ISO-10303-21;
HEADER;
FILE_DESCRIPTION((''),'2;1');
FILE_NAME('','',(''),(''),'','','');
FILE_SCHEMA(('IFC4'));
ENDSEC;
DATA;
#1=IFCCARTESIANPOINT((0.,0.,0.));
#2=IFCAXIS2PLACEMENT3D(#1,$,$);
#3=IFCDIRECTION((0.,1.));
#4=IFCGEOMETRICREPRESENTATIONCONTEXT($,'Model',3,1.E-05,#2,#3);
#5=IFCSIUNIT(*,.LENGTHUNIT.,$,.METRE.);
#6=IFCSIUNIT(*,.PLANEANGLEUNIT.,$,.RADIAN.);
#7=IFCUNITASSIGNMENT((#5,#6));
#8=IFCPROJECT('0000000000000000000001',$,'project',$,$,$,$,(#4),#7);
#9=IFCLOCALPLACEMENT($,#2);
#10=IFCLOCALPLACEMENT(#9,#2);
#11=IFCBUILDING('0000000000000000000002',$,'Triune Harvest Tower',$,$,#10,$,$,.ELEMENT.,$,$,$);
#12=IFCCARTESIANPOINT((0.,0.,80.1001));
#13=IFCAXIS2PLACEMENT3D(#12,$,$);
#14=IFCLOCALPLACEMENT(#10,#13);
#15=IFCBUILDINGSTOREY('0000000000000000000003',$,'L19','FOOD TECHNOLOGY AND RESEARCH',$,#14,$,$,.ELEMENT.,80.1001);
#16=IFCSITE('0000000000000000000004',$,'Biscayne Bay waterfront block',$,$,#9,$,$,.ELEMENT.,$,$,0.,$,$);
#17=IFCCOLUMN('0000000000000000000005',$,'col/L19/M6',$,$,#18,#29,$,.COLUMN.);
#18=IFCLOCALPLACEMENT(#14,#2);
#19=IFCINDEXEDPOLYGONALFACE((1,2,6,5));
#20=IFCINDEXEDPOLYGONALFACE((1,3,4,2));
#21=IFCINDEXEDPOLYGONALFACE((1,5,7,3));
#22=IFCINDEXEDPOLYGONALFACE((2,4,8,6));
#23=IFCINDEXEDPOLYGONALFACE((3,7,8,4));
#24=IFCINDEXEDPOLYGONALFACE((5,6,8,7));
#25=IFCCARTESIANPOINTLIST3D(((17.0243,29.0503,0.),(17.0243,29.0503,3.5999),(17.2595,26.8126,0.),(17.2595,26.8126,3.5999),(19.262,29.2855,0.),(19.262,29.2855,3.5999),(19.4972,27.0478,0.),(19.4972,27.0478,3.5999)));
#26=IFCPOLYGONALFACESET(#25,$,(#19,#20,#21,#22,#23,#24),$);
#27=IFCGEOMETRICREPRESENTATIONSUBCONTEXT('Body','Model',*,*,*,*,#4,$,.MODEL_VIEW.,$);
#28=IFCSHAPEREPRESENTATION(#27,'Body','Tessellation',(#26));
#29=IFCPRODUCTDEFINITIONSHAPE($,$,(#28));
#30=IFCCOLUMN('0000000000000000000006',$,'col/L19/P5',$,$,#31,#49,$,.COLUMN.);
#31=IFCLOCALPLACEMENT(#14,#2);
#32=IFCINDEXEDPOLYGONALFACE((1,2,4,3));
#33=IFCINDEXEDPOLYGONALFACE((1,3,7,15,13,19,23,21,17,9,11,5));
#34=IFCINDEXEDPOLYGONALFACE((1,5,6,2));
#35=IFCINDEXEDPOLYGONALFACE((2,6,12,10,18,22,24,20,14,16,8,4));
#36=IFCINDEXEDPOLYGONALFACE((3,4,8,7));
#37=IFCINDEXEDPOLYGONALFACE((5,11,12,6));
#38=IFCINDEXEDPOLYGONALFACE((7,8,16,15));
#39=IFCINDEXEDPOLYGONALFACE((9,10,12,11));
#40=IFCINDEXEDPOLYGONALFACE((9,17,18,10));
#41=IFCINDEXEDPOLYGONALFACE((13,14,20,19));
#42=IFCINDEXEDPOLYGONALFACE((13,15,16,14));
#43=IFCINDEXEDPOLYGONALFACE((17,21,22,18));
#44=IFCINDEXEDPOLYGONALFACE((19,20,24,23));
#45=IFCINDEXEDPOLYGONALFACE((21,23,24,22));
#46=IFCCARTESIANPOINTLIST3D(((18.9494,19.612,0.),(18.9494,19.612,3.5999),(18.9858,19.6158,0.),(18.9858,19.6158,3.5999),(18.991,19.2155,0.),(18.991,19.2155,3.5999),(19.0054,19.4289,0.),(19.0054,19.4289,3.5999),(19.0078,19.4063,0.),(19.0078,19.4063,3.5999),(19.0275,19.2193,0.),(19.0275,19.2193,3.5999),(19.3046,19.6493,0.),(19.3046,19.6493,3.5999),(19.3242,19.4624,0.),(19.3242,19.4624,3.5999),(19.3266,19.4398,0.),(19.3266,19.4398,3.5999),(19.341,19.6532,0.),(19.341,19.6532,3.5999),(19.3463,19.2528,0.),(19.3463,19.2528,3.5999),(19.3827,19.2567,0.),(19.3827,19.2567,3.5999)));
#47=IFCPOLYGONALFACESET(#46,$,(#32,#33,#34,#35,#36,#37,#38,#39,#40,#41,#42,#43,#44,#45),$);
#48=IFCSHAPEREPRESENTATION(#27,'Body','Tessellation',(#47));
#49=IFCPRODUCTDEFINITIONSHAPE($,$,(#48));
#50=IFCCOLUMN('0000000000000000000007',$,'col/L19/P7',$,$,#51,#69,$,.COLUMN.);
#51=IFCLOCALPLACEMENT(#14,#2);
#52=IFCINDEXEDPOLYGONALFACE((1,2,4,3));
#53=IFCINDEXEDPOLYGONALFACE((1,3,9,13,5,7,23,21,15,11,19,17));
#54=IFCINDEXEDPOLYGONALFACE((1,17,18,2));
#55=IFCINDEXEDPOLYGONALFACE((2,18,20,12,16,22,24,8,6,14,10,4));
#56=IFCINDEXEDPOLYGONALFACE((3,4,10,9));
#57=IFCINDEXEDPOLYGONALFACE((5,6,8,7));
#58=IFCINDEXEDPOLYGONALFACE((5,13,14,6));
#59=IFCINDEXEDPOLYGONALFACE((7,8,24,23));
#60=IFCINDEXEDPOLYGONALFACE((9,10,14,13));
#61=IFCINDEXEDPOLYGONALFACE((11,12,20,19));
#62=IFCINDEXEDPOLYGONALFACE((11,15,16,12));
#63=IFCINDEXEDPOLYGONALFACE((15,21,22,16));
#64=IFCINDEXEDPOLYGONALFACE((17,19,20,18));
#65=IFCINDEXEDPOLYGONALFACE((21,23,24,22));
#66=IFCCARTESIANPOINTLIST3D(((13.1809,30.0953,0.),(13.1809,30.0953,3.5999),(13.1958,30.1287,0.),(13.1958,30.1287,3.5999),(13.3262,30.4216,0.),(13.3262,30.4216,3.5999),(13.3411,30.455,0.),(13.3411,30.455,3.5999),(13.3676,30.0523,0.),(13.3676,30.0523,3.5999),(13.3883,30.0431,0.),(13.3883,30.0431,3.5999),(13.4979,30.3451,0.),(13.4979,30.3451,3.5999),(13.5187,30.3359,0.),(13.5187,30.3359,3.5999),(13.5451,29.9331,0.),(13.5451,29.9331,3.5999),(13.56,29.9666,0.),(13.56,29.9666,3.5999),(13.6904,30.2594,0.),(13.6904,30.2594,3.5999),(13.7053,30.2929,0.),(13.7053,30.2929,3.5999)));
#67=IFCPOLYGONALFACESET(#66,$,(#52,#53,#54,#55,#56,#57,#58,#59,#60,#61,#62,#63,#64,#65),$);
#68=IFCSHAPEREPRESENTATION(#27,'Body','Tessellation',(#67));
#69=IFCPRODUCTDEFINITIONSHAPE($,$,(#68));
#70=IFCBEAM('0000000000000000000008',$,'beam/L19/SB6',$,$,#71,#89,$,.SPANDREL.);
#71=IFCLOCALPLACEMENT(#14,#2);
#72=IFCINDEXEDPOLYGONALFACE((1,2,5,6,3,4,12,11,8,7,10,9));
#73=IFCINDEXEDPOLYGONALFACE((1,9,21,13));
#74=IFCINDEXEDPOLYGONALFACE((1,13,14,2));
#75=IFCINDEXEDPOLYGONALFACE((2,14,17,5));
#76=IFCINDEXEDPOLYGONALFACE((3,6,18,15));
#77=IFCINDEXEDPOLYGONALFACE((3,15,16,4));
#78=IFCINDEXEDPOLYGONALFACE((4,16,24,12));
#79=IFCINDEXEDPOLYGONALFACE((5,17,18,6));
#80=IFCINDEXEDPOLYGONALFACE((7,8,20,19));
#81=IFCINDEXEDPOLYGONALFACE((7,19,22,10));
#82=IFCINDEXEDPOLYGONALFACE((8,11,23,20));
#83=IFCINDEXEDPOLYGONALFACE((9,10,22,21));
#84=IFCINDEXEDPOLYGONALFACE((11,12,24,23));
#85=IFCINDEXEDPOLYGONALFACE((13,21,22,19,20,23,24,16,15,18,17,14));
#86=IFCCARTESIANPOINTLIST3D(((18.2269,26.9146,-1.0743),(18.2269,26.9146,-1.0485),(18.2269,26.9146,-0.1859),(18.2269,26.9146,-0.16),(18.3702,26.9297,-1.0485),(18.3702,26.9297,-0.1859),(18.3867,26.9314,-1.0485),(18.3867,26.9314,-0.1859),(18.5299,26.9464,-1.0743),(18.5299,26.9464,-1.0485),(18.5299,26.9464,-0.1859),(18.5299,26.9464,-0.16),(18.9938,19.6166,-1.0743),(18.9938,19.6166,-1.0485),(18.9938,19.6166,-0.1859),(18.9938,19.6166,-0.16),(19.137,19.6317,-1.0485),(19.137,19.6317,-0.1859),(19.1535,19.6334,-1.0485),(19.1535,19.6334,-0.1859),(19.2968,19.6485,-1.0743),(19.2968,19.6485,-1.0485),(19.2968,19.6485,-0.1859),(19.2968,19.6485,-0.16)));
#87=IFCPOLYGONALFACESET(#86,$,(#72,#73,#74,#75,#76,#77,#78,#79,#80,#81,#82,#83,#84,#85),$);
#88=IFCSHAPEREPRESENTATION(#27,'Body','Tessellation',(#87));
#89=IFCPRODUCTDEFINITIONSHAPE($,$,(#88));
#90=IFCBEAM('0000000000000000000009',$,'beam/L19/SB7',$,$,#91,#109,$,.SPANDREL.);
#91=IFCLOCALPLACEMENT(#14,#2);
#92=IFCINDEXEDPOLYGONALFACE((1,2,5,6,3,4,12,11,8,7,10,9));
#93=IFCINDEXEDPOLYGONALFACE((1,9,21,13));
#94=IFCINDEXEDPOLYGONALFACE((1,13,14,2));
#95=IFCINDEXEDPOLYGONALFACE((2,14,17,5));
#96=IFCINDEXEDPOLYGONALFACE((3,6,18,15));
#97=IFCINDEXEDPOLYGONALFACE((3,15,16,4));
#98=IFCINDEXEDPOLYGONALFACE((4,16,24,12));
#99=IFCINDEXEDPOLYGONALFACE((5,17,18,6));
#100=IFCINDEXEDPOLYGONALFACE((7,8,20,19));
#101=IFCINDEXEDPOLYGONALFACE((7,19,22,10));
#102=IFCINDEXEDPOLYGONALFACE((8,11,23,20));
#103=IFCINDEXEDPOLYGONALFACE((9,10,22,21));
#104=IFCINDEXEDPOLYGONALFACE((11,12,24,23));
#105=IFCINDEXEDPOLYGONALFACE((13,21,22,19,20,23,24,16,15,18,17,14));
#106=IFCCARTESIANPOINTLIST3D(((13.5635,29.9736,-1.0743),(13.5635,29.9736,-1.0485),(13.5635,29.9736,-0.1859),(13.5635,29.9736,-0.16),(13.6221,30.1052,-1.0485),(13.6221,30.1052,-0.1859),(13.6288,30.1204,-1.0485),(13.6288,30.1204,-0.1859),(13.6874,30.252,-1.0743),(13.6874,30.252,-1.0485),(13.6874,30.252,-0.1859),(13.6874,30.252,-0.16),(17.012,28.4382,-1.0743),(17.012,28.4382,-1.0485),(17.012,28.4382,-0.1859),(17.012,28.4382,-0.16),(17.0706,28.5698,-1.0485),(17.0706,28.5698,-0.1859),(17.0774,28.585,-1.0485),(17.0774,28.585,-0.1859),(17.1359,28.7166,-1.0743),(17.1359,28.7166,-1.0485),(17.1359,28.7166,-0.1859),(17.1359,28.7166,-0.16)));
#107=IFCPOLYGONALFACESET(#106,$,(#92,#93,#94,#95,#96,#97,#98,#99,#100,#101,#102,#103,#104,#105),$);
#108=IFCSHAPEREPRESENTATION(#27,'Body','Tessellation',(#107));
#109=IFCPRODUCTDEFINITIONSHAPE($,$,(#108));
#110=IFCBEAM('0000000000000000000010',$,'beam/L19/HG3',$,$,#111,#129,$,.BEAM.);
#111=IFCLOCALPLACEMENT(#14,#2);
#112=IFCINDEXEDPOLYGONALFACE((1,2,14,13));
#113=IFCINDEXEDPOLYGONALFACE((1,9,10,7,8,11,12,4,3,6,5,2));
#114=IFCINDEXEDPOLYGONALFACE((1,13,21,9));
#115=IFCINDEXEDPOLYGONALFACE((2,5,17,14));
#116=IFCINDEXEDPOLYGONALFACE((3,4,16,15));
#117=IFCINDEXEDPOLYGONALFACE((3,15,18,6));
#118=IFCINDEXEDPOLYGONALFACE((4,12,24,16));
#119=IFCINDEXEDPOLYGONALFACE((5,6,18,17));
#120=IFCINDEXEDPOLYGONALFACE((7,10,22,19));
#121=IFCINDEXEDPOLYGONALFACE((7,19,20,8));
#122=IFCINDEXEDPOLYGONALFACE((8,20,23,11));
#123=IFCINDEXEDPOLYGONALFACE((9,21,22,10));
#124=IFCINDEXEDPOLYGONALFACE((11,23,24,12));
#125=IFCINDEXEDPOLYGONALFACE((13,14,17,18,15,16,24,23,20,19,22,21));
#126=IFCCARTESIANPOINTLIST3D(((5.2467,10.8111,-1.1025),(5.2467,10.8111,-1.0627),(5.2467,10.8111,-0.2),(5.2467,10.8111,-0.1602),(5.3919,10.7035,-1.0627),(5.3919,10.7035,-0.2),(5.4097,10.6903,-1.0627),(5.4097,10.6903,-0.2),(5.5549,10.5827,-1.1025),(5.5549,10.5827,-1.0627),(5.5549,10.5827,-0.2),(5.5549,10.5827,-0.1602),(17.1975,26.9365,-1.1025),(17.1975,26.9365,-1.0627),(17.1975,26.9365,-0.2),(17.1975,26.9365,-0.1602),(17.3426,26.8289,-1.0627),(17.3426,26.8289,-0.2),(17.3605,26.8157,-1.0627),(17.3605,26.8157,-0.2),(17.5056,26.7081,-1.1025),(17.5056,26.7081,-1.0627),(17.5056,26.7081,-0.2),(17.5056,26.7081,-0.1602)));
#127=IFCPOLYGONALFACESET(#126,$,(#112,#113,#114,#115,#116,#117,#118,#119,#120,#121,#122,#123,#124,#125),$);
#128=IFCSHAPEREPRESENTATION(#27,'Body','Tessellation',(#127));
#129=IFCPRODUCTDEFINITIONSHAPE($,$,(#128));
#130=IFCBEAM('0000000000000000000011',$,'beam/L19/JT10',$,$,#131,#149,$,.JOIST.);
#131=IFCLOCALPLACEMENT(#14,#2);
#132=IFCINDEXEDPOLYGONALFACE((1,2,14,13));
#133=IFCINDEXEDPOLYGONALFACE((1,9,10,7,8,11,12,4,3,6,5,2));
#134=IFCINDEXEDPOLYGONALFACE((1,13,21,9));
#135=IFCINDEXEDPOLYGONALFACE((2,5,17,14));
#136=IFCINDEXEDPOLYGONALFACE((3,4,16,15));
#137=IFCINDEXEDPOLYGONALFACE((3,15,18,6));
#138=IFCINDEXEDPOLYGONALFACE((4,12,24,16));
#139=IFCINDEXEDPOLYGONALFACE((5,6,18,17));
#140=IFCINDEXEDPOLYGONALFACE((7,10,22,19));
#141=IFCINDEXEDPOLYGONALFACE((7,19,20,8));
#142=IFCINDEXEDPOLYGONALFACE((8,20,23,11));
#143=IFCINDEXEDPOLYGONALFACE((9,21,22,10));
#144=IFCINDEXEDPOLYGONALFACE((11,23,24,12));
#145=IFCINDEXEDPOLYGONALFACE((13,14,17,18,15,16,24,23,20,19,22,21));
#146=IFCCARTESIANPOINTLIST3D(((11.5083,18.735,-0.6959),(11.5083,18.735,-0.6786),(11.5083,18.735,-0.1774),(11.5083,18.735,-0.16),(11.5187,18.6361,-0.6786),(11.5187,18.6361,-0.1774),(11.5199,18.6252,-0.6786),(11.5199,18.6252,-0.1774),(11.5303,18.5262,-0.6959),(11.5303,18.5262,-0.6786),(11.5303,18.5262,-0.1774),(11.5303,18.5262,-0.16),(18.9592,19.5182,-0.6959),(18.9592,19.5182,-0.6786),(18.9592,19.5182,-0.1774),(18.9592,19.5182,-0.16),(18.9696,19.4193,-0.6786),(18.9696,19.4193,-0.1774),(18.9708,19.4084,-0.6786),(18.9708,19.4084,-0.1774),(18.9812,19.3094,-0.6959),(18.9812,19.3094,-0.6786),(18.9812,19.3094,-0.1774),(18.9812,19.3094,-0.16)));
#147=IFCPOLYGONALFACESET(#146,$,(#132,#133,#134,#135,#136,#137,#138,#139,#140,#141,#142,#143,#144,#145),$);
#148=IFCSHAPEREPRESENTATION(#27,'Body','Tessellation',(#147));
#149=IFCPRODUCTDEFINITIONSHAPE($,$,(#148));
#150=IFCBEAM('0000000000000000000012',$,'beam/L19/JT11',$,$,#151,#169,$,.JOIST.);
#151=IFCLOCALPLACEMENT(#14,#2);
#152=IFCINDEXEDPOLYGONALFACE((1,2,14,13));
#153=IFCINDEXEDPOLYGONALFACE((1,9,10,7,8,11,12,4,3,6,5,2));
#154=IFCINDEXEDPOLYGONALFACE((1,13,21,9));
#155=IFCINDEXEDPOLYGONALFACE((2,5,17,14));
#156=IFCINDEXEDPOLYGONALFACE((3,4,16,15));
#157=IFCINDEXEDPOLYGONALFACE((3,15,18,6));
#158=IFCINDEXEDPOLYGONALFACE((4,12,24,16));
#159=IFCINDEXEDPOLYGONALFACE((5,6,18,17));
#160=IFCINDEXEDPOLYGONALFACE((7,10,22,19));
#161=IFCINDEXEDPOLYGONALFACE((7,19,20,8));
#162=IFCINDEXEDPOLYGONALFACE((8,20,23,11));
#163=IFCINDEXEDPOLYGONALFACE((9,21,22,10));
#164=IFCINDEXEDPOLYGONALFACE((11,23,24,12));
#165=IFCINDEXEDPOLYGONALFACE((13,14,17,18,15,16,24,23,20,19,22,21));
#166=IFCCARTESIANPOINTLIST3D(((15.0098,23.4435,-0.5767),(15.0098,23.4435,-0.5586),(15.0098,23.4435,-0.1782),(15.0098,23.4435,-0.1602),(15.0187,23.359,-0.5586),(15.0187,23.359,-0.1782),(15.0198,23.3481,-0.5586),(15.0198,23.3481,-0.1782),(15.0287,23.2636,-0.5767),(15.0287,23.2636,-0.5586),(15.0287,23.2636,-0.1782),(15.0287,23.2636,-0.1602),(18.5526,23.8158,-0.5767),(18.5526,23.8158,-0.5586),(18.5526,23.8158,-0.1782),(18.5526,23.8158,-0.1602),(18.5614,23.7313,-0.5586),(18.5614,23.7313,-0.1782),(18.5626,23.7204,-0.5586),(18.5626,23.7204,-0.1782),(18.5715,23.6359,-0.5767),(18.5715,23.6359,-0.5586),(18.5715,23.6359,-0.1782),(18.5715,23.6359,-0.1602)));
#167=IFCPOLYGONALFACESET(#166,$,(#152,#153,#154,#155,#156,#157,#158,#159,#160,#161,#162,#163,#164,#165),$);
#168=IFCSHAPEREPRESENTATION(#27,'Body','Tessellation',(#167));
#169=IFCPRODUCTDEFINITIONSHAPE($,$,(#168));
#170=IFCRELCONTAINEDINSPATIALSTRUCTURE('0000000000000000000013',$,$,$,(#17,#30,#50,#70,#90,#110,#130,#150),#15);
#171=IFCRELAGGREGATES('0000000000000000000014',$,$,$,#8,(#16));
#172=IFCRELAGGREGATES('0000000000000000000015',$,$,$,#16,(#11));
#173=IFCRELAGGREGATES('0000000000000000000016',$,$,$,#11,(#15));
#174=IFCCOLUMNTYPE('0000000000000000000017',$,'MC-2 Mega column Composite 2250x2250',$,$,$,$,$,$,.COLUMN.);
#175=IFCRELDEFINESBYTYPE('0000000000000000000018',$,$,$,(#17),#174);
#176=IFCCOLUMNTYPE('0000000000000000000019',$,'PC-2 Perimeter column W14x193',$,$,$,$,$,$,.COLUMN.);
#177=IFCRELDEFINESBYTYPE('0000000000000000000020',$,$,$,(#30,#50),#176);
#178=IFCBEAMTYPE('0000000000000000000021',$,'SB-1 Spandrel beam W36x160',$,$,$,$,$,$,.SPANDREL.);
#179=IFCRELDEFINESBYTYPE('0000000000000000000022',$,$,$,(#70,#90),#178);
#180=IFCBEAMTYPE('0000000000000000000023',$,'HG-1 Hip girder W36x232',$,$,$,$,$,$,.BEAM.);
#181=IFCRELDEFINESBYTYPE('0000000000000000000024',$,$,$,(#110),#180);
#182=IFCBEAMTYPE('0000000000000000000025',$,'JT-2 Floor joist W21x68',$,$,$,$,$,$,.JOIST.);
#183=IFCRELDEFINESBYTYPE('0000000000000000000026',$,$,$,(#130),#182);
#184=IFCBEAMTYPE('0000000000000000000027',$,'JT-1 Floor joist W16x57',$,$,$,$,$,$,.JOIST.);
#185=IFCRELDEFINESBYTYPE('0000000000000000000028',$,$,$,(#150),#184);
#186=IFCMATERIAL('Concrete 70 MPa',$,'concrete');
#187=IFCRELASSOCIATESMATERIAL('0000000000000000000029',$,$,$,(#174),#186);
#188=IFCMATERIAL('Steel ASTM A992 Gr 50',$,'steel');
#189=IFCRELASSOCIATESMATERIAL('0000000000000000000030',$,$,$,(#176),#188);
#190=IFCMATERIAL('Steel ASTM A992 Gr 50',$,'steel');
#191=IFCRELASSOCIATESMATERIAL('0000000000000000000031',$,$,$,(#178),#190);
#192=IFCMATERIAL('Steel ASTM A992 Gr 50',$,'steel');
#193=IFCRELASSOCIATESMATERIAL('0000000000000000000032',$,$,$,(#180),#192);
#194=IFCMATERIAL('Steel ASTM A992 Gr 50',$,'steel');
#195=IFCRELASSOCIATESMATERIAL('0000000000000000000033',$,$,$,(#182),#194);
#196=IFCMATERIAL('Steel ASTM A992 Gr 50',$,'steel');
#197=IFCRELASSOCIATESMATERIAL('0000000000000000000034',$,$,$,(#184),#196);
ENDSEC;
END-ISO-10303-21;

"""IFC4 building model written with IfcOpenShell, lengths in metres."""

from ifc_helpers import new_model, si_unit, direction, frame, origin, origin_2d, place, context, subcontext, project, spatial, rectangle, i_section, extrude, source, transform, mapped, material, material_profile, profile_set, type_object, element, save


model = new_model("IFC4")

# Units and contexts
model_context = context("Model", 3, precision=1e-05, world=origin(), true_north=direction((0.0, 1.0)))
body_context = subcontext(model_context, "Body", "Model", "MODEL_VIEW")
ifc_project = project(units=[si_unit("LENGTHUNIT", "METRE"), si_unit("PLANEANGLEUNIT", "RADIAN")], contexts=[model_context])

# Site, building, storey
site_placement = place(None, origin())
site = spatial("IfcSite", under=ifc_project, at=site_placement, Name="Biscayne Bay waterfront block", CompositionType="ELEMENT", RefElevation=0.0)
building_placement = place(site_placement, origin())
building = spatial("IfcBuilding", under=site, at=building_placement, Name="Triune Harvest Tower", CompositionType="ELEMENT")
storey_placement = place(building_placement, frame((0.0, 0.0, 80.1001)))
storey = spatial("IfcBuildingStorey", under=building, at=storey_placement, Name="L19", Description="FOOD TECHNOLOGY AND RESEARCH", CompositionType="ELEMENT", Elevation=80.1001)

# Columns
ifc_material_1 = material(Name="Concrete 70 MPa", Category="concrete")
ifc_material_profile_1 = material_profile(ifc_material_1, rectangle(XDim=2.25, YDim=2.25, at=origin_2d()), Name="Composite 2250x2250")
ifc_profile_set_1 = profile_set([ifc_material_profile_1], Name="Concrete 70 MPa")
column_type_1 = type_object("IfcColumnType", Name="MC-2 Mega column Composite 2250x2250", PredefinedType="COLUMN", material=ifc_profile_set_1)
shared_shape_1 = source(origin(), body_context, "Body", "SweptSolid", [
    extrude(rectangle(XDim=2.25, YDim=2.25, at=origin_2d()), origin(), (0.0, 0.0, 1.0), 3.5999),
])
column_placement = place(storey_placement, frame((18.2607, 28.0491, 0.0), z_axis=(0.0, 0.0, 1.0), x_axis=(-0.104527, 0.994522, 0.0)))
element("IfcColumn", 1, at=column_placement, inside=storey, type_object=column_type_1, Name="col/L19/M6", PredefinedType="COLUMN", context=body_context, shape_type="MappedRepresentation", body=[
    mapped(shared_shape_1, transform((0.0, 0.0, 0.0), scale=1.0)),
])
ifc_material_2 = material(Name="Steel ASTM A992 Gr 50", Category="steel")
ifc_material_profile_2 = material_profile(ifc_material_2, i_section(OverallWidth=0.3987, OverallDepth=0.3938, WebThickness=0.0227, FlangeThickness=0.0366, at=origin_2d()), Name="W14x193")
ifc_profile_set_2 = profile_set([ifc_material_profile_2], Name="Steel ASTM A992 Gr 50")
column_type_2 = type_object("IfcColumnType", Name="PC-2 Perimeter column W14x193", PredefinedType="COLUMN", material=ifc_profile_set_2)
shared_shape_2 = source(origin(), body_context, "Body", "SweptSolid", [
    extrude(i_section(OverallWidth=0.3987, OverallDepth=0.3938, WebThickness=0.0227, FlangeThickness=0.0366, at=origin_2d()), origin(), (0.0, 0.0, 1.0), 3.5999),
])
for number, where, z_axis, x_axis, name in (
    (2, (19.166, 19.4343, 0.0), (0.0, 0.0, 1.0), (-0.104527, 0.994522, 0.0), "col/L19/P5"),
    (3, (13.4431, 30.1941, 0.0), (0.0, 0.0, 1.0), (-0.913547, 0.406733, 0.0), "col/L19/P7"),
):
    element("IfcColumn", number, at=place(storey_placement, frame(where, z_axis=z_axis, x_axis=x_axis)), inside=storey, type_object=column_type_2, Name=name, PredefinedType="COLUMN", context=body_context, shape_type="MappedRepresentation", body=[
        mapped(shared_shape_2, transform((0.0, 0.0, 0.0), scale=1.0)),
    ])

# Beams
ifc_material_3 = material(Name="Steel ASTM A992 Gr 50", Category="steel")
ifc_material_profile_3 = material_profile(ifc_material_3, i_section(OverallWidth=0.3047, OverallDepth=0.9143, WebThickness=0.0166, FlangeThickness=0.0259, at=origin_2d()), Name="W36x160")
ifc_profile_set_3 = profile_set([ifc_material_profile_3], Name="Steel ASTM A992 Gr 50")
beam_type_1 = type_object("IfcBeamType", Name="SB-1 Spandrel beam W36x160", PredefinedType="SPANDREL", material=ifc_profile_set_3)
shared_shape_3 = source(origin(), body_context, "Body", "SweptSolid", [
    extrude(i_section(OverallWidth=0.3047, OverallDepth=0.9143, WebThickness=0.0166, FlangeThickness=0.0259, at=origin_2d()), origin(), (0.0, 0.0, 1.0), 7.3381),
])
beam_1_placement = place(storey_placement, frame((19.1453, 19.6326, -0.6172), z_axis=(-0.104503, 0.994525, 0.0), x_axis=(-0.994525, -0.104503, 0.0)))
element("IfcBeam", 4, at=beam_1_placement, inside=storey, type_object=beam_type_1, Name="beam/L19/SB6", PredefinedType="SPANDREL", context=body_context, shape_type="MappedRepresentation", body=[
    mapped(shared_shape_3, transform((0.0, 0.0, 0.0), scale=1.0)),
])
shared_shape_4 = source(origin(), body_context, "Body", "SweptSolid", [
    extrude(i_section(OverallWidth=0.3047, OverallDepth=0.9143, WebThickness=0.0166, FlangeThickness=0.0259, at=origin_2d()), origin(), (0.0, 0.0, 1.0), 3.7749),
])
beam_2_placement = place(storey_placement, frame((17.074, 28.5774, -0.6172), z_axis=(-0.913542, 0.406744, 0.0), x_axis=(-0.406744, -0.913542, 0.0)))
element("IfcBeam", 5, at=beam_2_placement, inside=storey, type_object=beam_type_1, Name="beam/L19/SB7", PredefinedType="SPANDREL", context=body_context, shape_type="MappedRepresentation", body=[
    mapped(shared_shape_4, transform((0.0, 0.0, 0.0), scale=1.0)),
])
ifc_material_4 = material(Name="Steel ASTM A992 Gr 50", Category="steel")
ifc_material_profile_4 = material_profile(ifc_material_4, i_section(OverallWidth=0.3835, OverallDepth=0.9424, WebThickness=0.0222, FlangeThickness=0.0398, at=origin_2d()), Name="W36x232")
ifc_profile_set_4 = profile_set([ifc_material_profile_4], Name="Steel ASTM A992 Gr 50")
beam_type_2 = type_object("IfcBeamType", Name="HG-1 Hip girder W36x232", PredefinedType="BEAM", material=ifc_profile_set_4)
shared_shape_5 = source(origin(), body_context, "Body", "SweptSolid", [
    extrude(i_section(OverallWidth=0.3835, OverallDepth=0.9424, WebThickness=0.0222, FlangeThickness=0.0398, at=origin_2d()), origin(), (0.0, 0.0, 1.0), 20.071),
])
beam_3_placement = place(storey_placement, frame((17.3516, 26.8223, -0.6313), z_axis=(-0.595422, -0.803413, 0.0), x_axis=(0.803413, -0.595422, 0.0)))
element("IfcBeam", 6, at=beam_3_placement, inside=storey, type_object=beam_type_2, Name="beam/L19/HG3", PredefinedType="BEAM", context=body_context, shape_type="MappedRepresentation", body=[
    mapped(shared_shape_5, transform((0.0, 0.0, 0.0), scale=1.0)),
])
ifc_material_5 = material(Name="Steel ASTM A992 Gr 50", Category="steel")
ifc_material_profile_5 = material_profile(ifc_material_5, i_section(OverallWidth=0.21, OverallDepth=0.5359, WebThickness=0.011, FlangeThickness=0.0173, at=origin_2d()), Name="W21x68")
ifc_profile_set_5 = profile_set([ifc_material_profile_5], Name="Steel ASTM A992 Gr 50")
beam_type_3 = type_object("IfcBeamType", Name="JT-2 Floor joist W21x68", PredefinedType="JOIST", material=ifc_profile_set_5)
shared_shape_6 = source(origin(), body_context, "Body", "SweptSolid", [
    extrude(i_section(OverallWidth=0.21, OverallDepth=0.5359, WebThickness=0.011, FlangeThickness=0.0173, at=origin_2d()), origin(), (0.0, 0.0, 1.0), 7.4919),
])
beam_4_placement = place(storey_placement, frame((18.9702, 19.4138, -0.428), z_axis=(-0.994521, -0.104539, 0.0), x_axis=(0.104539, -0.994521, 0.0)))
element("IfcBeam", 7, at=beam_4_placement, inside=storey, type_object=beam_type_3, Name="beam/L19/JT10", PredefinedType="JOIST", context=body_context, shape_type="MappedRepresentation", body=[
    mapped(shared_shape_6, transform((0.0, 0.0, 0.0), scale=1.0)),
])
ifc_material_6 = material(Name="Steel ASTM A992 Gr 50", Category="steel")
ifc_material_profile_6 = material_profile(ifc_material_6, i_section(OverallWidth=0.1809, OverallDepth=0.4165, WebThickness=0.011, FlangeThickness=0.0181, at=origin_2d()), Name="W16x57")
ifc_profile_set_6 = profile_set([ifc_material_profile_6], Name="Steel ASTM A992 Gr 50")
beam_type_4 = type_object("IfcBeamType", Name="JT-1 Floor joist W16x57", PredefinedType="JOIST", material=ifc_profile_set_6)
shared_shape_7 = source(origin(), body_context, "Body", "SweptSolid", [
    extrude(i_section(OverallWidth=0.1809, OverallDepth=0.4165, WebThickness=0.011, FlangeThickness=0.0181, at=origin_2d()), origin(), (0.0, 0.0, 1.0), 3.5623),
])
beam_5_placement = place(storey_placement, frame((18.562, 23.7258, -0.3684), z_axis=(-0.994523, -0.104517, 0.0), x_axis=(0.104517, -0.994523, 0.0)))
element("IfcBeam", 8, at=beam_5_placement, inside=storey, type_object=beam_type_4, Name="beam/L19/JT11", PredefinedType="JOIST", context=body_context, shape_type="MappedRepresentation", body=[
    mapped(shared_shape_7, transform((0.0, 0.0, 0.0), scale=1.0)),
])

save(model, "model.ifc")
